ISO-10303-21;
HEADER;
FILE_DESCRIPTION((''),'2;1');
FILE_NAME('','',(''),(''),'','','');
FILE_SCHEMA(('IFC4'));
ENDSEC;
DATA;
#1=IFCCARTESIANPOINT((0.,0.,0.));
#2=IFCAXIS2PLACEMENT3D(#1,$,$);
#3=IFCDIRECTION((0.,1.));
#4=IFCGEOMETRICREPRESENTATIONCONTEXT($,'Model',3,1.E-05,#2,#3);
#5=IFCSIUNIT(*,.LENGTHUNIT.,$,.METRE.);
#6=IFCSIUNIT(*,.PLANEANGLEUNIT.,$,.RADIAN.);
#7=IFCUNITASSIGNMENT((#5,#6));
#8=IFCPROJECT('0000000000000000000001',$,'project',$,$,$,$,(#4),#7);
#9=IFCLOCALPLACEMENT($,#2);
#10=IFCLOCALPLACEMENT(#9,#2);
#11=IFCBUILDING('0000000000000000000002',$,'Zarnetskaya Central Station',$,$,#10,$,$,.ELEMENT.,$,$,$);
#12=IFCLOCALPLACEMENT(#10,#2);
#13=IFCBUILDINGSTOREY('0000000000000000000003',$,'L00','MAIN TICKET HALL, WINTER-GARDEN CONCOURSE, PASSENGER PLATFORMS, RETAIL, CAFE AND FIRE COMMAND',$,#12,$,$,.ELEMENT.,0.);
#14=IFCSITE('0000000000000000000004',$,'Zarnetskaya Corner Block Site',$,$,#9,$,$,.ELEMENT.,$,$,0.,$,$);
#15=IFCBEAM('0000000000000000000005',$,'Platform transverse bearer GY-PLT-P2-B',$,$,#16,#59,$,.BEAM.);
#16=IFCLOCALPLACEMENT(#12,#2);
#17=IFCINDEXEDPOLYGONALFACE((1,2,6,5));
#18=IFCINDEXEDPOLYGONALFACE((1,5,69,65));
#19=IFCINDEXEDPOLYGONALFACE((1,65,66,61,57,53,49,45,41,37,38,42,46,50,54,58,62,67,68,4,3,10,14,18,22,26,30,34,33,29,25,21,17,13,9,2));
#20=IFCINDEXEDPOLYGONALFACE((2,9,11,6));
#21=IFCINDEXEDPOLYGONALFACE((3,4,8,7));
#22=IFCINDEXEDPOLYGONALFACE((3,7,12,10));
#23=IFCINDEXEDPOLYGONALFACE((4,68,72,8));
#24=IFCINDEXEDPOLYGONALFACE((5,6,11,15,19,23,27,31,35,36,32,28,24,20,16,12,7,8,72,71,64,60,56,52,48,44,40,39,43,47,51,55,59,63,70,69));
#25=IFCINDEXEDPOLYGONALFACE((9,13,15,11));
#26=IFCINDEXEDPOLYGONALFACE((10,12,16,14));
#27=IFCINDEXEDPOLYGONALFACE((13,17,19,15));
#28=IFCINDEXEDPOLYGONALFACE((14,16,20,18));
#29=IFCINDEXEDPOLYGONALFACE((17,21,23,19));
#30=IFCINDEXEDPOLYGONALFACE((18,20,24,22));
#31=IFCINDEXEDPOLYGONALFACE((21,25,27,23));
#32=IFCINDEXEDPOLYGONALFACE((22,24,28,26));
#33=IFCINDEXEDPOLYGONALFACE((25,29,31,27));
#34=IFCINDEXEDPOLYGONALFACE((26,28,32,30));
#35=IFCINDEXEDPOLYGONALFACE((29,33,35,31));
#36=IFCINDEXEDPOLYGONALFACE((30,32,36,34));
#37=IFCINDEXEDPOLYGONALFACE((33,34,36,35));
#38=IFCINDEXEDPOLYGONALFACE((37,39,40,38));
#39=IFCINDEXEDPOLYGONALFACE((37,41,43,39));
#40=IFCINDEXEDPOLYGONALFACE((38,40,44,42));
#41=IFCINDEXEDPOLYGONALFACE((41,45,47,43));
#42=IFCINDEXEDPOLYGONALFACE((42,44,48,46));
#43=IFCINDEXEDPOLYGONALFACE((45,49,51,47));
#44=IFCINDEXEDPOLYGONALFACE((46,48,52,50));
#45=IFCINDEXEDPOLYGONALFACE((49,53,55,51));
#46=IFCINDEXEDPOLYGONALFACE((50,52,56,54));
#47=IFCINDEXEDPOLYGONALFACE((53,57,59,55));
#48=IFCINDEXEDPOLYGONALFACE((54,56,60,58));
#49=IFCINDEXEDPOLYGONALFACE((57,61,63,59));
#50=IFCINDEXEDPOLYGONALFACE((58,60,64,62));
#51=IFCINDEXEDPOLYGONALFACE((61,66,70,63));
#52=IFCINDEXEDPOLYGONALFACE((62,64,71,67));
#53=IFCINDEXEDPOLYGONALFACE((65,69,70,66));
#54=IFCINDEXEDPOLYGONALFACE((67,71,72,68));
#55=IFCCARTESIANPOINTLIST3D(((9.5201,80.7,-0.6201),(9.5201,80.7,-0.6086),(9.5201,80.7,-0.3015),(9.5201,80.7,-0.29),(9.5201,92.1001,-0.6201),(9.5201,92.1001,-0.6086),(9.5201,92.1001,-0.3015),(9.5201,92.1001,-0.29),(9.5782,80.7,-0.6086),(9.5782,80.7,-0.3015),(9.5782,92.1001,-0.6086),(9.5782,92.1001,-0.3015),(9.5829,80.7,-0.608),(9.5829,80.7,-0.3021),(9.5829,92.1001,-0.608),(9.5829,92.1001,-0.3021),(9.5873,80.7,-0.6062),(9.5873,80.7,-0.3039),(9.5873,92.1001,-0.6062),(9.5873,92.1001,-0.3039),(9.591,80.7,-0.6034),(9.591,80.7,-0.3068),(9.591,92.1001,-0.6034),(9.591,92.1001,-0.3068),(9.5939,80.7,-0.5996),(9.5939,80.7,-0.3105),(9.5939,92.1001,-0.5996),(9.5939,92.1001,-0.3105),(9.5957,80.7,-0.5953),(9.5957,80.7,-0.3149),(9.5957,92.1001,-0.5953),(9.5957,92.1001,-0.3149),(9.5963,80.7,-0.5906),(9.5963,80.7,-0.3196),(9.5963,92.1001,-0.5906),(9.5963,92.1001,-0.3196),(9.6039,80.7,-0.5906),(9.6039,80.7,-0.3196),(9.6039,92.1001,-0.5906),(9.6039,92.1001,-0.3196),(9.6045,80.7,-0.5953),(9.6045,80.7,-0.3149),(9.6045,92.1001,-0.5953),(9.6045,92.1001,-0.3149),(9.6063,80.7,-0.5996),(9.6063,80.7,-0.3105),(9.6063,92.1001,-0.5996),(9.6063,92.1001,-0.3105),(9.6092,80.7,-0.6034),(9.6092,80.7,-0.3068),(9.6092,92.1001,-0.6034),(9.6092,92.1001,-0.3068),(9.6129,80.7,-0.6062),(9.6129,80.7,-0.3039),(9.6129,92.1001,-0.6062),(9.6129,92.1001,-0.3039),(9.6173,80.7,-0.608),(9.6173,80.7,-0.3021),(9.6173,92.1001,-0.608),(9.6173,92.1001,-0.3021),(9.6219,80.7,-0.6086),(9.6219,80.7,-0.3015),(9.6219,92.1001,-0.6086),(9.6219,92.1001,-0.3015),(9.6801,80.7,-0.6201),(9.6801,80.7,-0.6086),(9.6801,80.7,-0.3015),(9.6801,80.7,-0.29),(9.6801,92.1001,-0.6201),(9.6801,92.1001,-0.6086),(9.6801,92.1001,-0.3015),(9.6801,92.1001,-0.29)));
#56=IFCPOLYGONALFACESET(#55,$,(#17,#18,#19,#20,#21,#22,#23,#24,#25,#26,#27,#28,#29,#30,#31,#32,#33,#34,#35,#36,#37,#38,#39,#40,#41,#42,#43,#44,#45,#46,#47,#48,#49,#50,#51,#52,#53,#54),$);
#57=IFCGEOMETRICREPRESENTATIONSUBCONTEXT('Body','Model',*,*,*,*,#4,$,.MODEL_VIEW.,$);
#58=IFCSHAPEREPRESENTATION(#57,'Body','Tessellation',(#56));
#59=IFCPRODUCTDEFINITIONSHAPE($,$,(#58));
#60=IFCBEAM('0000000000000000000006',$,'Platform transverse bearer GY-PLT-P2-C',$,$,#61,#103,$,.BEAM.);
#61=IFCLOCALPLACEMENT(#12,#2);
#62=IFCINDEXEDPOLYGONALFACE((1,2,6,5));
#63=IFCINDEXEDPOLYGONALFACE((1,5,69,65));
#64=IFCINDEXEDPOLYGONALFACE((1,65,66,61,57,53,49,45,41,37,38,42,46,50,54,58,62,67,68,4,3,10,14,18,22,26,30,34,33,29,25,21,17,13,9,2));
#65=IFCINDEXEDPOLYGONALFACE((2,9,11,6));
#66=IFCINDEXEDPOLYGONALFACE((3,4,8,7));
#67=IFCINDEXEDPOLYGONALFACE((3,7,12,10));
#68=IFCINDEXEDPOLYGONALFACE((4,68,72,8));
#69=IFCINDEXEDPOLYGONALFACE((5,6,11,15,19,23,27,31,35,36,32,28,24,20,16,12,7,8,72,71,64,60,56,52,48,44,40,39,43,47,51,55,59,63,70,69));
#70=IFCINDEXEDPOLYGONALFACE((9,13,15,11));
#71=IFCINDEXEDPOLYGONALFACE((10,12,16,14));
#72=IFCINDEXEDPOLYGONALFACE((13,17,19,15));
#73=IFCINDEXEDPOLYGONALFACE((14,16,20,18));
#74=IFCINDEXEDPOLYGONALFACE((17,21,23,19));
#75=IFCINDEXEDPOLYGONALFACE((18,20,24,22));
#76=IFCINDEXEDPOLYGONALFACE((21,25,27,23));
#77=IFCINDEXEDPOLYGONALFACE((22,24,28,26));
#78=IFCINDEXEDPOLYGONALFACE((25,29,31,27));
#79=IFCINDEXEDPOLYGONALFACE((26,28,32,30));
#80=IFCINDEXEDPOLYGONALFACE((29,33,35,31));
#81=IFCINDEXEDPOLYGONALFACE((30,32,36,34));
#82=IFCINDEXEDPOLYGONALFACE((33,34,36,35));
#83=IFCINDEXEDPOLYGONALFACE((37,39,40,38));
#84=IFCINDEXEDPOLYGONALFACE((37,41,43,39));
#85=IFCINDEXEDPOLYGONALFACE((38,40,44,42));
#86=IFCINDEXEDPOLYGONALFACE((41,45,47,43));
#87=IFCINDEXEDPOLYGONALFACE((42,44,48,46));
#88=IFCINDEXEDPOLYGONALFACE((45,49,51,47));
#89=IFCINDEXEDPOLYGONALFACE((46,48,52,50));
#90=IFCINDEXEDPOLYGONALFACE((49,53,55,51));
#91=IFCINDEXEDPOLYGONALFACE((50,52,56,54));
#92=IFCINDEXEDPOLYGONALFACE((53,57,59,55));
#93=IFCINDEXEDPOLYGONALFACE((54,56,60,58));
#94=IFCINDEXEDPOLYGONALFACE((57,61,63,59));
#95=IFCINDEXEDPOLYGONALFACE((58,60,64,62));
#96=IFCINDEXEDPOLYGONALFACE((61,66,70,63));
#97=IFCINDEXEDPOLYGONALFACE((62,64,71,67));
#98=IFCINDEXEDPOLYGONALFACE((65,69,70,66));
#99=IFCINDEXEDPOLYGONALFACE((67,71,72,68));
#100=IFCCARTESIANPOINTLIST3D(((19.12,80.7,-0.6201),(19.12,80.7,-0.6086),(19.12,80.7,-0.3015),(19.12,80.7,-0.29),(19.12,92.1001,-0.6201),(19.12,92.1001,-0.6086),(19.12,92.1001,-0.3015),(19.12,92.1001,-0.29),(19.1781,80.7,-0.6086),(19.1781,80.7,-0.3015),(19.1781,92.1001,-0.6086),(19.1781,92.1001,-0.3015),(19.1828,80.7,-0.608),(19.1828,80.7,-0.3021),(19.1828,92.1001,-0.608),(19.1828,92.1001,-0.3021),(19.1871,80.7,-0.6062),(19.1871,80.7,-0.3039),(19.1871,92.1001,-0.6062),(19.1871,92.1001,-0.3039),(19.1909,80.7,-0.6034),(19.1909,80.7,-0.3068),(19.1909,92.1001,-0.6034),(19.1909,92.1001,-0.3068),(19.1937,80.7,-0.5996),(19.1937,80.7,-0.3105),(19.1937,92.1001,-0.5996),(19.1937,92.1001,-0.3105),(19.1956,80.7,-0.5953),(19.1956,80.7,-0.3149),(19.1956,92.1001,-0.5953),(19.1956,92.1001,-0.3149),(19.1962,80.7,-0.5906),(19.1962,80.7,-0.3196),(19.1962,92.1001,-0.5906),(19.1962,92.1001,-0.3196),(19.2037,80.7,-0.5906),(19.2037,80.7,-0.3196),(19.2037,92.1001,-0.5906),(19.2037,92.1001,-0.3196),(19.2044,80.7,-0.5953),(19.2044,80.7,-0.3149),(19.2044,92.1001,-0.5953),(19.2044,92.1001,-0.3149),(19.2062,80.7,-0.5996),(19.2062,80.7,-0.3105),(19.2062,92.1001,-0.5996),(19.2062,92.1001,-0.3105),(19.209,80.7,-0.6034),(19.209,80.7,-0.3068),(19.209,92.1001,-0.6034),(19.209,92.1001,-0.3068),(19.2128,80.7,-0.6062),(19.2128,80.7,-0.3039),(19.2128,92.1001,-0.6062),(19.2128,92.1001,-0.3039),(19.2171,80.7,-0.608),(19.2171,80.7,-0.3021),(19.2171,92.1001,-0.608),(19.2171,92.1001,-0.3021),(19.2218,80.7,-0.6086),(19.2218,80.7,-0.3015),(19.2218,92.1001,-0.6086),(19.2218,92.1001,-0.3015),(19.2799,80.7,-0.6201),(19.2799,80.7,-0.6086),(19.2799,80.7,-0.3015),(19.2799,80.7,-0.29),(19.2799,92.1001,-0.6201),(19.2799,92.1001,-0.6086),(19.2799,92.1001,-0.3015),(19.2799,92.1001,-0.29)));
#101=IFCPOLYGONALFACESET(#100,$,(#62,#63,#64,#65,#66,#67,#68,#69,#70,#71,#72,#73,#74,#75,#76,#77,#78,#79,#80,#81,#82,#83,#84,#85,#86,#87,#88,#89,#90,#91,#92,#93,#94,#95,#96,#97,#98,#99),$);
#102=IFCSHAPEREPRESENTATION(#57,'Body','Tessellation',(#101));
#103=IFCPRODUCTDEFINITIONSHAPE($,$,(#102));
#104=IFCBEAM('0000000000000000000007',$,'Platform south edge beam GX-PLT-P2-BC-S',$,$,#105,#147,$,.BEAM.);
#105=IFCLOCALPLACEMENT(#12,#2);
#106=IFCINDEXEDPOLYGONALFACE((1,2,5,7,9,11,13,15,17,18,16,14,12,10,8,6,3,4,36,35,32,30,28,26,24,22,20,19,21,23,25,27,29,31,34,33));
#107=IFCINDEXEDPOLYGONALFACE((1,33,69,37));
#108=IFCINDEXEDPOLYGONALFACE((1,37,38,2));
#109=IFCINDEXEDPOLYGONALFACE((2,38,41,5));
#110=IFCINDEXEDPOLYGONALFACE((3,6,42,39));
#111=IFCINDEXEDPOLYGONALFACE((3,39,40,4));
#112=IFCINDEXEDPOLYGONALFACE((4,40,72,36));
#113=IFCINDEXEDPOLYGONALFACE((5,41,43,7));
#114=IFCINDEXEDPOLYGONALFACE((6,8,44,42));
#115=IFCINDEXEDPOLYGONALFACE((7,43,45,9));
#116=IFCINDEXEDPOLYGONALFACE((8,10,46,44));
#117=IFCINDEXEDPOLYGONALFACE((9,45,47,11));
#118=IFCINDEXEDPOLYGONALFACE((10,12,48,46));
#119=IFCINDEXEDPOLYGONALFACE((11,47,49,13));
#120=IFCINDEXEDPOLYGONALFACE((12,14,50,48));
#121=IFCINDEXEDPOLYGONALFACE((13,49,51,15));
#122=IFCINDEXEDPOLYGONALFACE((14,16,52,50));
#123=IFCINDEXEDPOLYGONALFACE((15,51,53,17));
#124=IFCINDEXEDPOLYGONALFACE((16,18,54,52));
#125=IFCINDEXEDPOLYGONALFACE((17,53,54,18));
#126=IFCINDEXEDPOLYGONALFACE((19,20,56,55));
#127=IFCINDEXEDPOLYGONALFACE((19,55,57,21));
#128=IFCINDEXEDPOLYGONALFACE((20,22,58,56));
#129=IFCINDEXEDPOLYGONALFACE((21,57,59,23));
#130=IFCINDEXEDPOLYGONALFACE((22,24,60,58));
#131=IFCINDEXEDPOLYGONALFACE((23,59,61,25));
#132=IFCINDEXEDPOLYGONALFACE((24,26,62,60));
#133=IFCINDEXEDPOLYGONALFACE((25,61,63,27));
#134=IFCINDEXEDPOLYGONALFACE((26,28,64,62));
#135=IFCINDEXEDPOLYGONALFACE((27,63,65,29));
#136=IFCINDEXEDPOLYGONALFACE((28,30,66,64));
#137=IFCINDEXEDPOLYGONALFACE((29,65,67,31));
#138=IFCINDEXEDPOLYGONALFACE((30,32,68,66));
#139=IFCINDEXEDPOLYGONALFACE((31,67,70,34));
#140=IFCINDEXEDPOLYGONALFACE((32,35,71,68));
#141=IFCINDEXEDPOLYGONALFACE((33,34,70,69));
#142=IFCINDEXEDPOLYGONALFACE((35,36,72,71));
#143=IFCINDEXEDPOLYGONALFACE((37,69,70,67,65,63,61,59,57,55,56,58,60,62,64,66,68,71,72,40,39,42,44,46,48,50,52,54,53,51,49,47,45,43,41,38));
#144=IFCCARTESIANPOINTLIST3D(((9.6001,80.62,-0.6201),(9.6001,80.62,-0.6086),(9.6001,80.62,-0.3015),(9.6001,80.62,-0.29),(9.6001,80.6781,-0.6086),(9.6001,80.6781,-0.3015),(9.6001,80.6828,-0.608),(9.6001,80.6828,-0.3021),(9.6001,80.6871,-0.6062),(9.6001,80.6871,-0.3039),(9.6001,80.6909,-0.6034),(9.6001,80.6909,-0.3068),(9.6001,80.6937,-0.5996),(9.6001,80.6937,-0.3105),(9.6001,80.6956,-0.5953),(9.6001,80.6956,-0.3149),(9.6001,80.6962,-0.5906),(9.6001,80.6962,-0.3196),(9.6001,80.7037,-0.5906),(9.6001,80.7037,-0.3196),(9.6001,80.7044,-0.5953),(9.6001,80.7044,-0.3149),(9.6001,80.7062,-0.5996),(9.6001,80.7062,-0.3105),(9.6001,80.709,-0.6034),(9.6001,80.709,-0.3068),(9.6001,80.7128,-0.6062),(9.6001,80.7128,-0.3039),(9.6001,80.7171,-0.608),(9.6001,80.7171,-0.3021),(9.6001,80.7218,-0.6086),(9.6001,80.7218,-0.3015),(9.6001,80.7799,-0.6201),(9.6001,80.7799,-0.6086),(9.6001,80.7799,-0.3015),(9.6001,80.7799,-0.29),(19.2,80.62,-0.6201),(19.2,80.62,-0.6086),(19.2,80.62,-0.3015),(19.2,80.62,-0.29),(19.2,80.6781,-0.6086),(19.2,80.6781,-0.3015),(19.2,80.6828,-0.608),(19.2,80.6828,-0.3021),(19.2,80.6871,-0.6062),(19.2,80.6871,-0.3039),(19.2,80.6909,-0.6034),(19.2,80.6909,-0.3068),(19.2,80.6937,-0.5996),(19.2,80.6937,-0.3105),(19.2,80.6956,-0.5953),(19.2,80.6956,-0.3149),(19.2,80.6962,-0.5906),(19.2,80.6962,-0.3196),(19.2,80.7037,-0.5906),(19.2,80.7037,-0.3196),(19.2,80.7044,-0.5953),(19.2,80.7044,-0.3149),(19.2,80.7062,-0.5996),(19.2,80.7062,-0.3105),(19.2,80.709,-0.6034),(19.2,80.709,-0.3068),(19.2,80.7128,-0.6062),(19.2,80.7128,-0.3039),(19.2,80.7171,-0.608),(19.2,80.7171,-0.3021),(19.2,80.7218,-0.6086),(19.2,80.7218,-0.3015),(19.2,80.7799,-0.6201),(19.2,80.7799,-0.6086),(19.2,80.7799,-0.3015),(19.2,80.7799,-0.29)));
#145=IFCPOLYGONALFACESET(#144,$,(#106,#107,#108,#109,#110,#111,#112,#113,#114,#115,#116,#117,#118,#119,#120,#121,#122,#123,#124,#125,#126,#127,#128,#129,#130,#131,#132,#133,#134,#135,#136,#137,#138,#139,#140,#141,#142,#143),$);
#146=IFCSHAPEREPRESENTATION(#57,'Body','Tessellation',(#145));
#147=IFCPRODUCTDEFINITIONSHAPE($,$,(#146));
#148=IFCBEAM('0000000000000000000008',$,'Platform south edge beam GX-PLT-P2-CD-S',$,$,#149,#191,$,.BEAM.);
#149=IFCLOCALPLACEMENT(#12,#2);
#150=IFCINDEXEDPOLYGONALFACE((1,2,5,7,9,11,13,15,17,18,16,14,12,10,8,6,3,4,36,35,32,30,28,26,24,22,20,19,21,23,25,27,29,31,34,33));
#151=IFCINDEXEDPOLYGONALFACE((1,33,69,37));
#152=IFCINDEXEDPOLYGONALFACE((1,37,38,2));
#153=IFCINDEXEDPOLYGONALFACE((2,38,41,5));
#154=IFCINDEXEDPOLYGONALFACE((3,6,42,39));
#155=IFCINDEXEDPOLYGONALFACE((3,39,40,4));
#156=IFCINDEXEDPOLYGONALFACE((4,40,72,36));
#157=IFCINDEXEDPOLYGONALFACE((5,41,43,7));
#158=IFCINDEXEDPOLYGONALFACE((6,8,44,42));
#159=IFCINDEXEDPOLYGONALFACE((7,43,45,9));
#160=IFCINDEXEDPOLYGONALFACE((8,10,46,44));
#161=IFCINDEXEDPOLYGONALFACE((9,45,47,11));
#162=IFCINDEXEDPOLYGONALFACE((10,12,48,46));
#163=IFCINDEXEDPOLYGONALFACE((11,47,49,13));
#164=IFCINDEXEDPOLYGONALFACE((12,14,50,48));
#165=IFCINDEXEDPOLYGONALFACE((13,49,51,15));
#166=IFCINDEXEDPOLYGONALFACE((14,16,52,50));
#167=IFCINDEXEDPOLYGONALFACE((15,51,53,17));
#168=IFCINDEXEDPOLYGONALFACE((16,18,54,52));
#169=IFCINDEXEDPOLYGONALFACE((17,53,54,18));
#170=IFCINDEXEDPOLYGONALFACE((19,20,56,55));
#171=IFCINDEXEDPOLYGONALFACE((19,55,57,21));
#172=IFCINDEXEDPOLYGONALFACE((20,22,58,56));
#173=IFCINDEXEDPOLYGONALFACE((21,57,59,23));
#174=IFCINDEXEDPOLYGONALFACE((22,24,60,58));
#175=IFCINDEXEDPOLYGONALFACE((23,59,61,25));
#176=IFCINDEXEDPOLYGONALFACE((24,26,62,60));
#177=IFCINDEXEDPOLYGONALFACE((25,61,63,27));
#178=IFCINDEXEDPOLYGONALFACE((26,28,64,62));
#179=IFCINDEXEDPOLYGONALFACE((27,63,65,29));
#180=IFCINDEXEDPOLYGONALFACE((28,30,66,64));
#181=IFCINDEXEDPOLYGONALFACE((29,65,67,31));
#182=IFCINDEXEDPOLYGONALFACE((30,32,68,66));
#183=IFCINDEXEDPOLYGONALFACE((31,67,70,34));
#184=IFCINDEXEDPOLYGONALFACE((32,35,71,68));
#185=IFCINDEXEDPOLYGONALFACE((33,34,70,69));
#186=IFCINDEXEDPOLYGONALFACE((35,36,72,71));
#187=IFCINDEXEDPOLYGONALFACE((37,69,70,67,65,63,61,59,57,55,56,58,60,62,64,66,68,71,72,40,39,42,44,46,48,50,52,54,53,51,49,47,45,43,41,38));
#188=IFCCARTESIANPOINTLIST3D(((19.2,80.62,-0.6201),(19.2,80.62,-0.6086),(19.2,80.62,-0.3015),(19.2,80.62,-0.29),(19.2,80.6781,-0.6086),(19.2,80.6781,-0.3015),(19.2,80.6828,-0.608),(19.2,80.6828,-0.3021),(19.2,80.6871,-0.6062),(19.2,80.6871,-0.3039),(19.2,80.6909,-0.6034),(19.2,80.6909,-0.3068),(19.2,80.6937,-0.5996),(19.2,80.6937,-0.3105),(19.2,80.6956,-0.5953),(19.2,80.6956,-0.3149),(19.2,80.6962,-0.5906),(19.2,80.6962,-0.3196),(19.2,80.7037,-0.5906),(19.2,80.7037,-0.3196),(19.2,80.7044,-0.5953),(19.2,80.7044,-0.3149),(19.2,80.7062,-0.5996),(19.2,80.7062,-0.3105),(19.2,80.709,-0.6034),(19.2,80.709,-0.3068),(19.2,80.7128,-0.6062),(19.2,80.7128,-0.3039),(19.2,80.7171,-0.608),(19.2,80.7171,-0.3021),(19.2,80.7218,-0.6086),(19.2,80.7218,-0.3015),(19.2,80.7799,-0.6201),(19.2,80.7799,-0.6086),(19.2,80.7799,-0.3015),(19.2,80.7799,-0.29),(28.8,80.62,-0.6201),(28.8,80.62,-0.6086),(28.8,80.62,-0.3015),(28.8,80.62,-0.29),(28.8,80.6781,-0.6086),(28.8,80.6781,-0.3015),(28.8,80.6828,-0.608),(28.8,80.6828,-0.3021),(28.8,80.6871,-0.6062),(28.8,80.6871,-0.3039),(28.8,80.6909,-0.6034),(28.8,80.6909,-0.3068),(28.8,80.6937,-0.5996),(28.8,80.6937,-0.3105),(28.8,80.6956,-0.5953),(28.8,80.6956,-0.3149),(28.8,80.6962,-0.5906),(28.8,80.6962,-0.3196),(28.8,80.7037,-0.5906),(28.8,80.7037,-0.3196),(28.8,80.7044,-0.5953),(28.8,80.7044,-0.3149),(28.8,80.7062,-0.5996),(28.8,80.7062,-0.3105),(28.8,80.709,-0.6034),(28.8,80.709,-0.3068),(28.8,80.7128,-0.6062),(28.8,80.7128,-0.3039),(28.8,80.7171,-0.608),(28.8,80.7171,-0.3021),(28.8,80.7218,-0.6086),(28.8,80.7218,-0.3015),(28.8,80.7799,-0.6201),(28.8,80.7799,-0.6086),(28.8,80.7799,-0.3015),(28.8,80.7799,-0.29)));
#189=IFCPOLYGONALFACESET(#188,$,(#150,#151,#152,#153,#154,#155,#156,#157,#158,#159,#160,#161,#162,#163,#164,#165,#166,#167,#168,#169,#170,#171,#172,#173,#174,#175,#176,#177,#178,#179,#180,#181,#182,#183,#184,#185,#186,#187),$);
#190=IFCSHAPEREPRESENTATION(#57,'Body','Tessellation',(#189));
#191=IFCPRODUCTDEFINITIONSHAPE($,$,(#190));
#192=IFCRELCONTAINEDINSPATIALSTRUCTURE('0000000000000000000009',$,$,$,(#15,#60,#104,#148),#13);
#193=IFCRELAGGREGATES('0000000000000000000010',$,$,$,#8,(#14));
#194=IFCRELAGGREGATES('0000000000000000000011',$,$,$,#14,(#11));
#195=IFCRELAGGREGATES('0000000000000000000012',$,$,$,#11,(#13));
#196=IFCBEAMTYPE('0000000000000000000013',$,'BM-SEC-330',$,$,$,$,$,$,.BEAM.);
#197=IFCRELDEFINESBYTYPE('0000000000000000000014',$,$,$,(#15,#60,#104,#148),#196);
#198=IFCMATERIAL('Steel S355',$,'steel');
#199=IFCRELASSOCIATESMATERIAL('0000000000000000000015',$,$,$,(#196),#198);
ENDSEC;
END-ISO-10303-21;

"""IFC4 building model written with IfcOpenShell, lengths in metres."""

from ifc_helpers import new_model, si_unit, direction, frame, origin, origin_2d, place, context, subcontext, project, spatial, i_section, extrude, material, material_profile, profile_set, type_object, element, save


model = new_model("IFC4")

# Units and contexts
model_context = context("Model", 3, precision=1e-05, world=origin(), true_north=direction((0.0, 1.0)))
body_context = subcontext(model_context, "Body", "Model", "MODEL_VIEW")
ifc_project = project(units=[si_unit("LENGTHUNIT", "METRE"), si_unit("PLANEANGLEUNIT", "RADIAN")], contexts=[model_context])

# Site, building, storey
site_placement = place(None, origin())
site = spatial("IfcSite", under=ifc_project, at=site_placement, Name="Zarnetskaya Corner Block Site", CompositionType="ELEMENT", RefElevation=0.0)
building_placement = place(site_placement, origin())
building = spatial("IfcBuilding", under=site, at=building_placement, Name="Zarnetskaya Central Station", CompositionType="ELEMENT")
storey_placement = place(building_placement, origin())
storey = spatial("IfcBuildingStorey", under=building, at=storey_placement, Name="L00", Description="MAIN TICKET HALL, WINTER-GARDEN CONCOURSE, PASSENGER PLATFORMS, RETAIL, CAFE AND FIRE COMMAND", CompositionType="ELEMENT", Elevation=0.0)

# Shared definitions
ifc_material = material(Name="Steel S355", Category="steel")

# Beams
ifc_material_profile_1 = material_profile(ifc_material, i_section(OverallWidth=0.1599, OverallDepth=0.3301, WebThickness=0.0076, FlangeThickness=0.0115, FilletRadius=0.0181, at=origin_2d()), Name="IPE 330")
ifc_profile_set_1 = profile_set([ifc_material_profile_1], Name="Steel S355")
beam_type_1 = type_object("IfcBeamType", Name="BM-SEC-330", PredefinedType="BEAM", material=ifc_profile_set_1)
for number, where, z_axis, x_axis, name in (
    (1, (9.6001, 80.7, -0.4551), (0.0, 1.0, 0.0), (-1.0, 0.0, 0.0), "Platform transverse bearer GY-PLT-P2-B"),
    (2, (19.2, 80.7, -0.4551), (0.0, 1.0, 0.0), (-1.0, 0.0, 0.0), "Platform transverse bearer GY-PLT-P2-C"),
):
    element("IfcBeam", number, at=place(storey_placement, frame(where, z_axis=z_axis, x_axis=x_axis)), inside=storey, type_object=beam_type_1, Name=name, PredefinedType="BEAM", context=body_context, shape_type="SweptSolid", body=[
        extrude(i_section(OverallWidth=0.1599, OverallDepth=0.3301, WebThickness=0.0076, FlangeThickness=0.0115, FilletRadius=0.0181, at=origin_2d()), origin(), (0.0, 0.0, 1.0), 11.4001),
    ])
beam_1_placement = place(storey_placement, frame((9.6001, 80.7, -0.4551), z_axis=(1.0, 0.0, 0.0), x_axis=(0.0, 1.0, 0.0)))
element("IfcBeam", 3, at=beam_1_placement, inside=storey, type_object=beam_type_1, Name="Platform south edge beam GX-PLT-P2-BC-S", PredefinedType="BEAM", context=body_context, shape_type="SweptSolid", body=[
    extrude(i_section(OverallWidth=0.1599, OverallDepth=0.3301, WebThickness=0.0076, FlangeThickness=0.0115, FilletRadius=0.0181, at=origin_2d()), origin(), (0.0, 0.0, 1.0), 9.5999),
])
beam_2_placement = place(storey_placement, frame((19.2, 80.7, -0.4551), z_axis=(1.0, 0.0, 0.0), x_axis=(0.0, 1.0, 0.0)))
element("IfcBeam", 4, at=beam_2_placement, inside=storey, type_object=beam_type_1, Name="Platform south edge beam GX-PLT-P2-CD-S", PredefinedType="BEAM", context=body_context, shape_type="SweptSolid", body=[
    extrude(i_section(OverallWidth=0.1599, OverallDepth=0.3301, WebThickness=0.0076, FlangeThickness=0.0115, FilletRadius=0.0181, at=origin_2d()), origin(), (0.0, 0.0, 1.0), 9.6001),
])

save(model, "model.ifc")
